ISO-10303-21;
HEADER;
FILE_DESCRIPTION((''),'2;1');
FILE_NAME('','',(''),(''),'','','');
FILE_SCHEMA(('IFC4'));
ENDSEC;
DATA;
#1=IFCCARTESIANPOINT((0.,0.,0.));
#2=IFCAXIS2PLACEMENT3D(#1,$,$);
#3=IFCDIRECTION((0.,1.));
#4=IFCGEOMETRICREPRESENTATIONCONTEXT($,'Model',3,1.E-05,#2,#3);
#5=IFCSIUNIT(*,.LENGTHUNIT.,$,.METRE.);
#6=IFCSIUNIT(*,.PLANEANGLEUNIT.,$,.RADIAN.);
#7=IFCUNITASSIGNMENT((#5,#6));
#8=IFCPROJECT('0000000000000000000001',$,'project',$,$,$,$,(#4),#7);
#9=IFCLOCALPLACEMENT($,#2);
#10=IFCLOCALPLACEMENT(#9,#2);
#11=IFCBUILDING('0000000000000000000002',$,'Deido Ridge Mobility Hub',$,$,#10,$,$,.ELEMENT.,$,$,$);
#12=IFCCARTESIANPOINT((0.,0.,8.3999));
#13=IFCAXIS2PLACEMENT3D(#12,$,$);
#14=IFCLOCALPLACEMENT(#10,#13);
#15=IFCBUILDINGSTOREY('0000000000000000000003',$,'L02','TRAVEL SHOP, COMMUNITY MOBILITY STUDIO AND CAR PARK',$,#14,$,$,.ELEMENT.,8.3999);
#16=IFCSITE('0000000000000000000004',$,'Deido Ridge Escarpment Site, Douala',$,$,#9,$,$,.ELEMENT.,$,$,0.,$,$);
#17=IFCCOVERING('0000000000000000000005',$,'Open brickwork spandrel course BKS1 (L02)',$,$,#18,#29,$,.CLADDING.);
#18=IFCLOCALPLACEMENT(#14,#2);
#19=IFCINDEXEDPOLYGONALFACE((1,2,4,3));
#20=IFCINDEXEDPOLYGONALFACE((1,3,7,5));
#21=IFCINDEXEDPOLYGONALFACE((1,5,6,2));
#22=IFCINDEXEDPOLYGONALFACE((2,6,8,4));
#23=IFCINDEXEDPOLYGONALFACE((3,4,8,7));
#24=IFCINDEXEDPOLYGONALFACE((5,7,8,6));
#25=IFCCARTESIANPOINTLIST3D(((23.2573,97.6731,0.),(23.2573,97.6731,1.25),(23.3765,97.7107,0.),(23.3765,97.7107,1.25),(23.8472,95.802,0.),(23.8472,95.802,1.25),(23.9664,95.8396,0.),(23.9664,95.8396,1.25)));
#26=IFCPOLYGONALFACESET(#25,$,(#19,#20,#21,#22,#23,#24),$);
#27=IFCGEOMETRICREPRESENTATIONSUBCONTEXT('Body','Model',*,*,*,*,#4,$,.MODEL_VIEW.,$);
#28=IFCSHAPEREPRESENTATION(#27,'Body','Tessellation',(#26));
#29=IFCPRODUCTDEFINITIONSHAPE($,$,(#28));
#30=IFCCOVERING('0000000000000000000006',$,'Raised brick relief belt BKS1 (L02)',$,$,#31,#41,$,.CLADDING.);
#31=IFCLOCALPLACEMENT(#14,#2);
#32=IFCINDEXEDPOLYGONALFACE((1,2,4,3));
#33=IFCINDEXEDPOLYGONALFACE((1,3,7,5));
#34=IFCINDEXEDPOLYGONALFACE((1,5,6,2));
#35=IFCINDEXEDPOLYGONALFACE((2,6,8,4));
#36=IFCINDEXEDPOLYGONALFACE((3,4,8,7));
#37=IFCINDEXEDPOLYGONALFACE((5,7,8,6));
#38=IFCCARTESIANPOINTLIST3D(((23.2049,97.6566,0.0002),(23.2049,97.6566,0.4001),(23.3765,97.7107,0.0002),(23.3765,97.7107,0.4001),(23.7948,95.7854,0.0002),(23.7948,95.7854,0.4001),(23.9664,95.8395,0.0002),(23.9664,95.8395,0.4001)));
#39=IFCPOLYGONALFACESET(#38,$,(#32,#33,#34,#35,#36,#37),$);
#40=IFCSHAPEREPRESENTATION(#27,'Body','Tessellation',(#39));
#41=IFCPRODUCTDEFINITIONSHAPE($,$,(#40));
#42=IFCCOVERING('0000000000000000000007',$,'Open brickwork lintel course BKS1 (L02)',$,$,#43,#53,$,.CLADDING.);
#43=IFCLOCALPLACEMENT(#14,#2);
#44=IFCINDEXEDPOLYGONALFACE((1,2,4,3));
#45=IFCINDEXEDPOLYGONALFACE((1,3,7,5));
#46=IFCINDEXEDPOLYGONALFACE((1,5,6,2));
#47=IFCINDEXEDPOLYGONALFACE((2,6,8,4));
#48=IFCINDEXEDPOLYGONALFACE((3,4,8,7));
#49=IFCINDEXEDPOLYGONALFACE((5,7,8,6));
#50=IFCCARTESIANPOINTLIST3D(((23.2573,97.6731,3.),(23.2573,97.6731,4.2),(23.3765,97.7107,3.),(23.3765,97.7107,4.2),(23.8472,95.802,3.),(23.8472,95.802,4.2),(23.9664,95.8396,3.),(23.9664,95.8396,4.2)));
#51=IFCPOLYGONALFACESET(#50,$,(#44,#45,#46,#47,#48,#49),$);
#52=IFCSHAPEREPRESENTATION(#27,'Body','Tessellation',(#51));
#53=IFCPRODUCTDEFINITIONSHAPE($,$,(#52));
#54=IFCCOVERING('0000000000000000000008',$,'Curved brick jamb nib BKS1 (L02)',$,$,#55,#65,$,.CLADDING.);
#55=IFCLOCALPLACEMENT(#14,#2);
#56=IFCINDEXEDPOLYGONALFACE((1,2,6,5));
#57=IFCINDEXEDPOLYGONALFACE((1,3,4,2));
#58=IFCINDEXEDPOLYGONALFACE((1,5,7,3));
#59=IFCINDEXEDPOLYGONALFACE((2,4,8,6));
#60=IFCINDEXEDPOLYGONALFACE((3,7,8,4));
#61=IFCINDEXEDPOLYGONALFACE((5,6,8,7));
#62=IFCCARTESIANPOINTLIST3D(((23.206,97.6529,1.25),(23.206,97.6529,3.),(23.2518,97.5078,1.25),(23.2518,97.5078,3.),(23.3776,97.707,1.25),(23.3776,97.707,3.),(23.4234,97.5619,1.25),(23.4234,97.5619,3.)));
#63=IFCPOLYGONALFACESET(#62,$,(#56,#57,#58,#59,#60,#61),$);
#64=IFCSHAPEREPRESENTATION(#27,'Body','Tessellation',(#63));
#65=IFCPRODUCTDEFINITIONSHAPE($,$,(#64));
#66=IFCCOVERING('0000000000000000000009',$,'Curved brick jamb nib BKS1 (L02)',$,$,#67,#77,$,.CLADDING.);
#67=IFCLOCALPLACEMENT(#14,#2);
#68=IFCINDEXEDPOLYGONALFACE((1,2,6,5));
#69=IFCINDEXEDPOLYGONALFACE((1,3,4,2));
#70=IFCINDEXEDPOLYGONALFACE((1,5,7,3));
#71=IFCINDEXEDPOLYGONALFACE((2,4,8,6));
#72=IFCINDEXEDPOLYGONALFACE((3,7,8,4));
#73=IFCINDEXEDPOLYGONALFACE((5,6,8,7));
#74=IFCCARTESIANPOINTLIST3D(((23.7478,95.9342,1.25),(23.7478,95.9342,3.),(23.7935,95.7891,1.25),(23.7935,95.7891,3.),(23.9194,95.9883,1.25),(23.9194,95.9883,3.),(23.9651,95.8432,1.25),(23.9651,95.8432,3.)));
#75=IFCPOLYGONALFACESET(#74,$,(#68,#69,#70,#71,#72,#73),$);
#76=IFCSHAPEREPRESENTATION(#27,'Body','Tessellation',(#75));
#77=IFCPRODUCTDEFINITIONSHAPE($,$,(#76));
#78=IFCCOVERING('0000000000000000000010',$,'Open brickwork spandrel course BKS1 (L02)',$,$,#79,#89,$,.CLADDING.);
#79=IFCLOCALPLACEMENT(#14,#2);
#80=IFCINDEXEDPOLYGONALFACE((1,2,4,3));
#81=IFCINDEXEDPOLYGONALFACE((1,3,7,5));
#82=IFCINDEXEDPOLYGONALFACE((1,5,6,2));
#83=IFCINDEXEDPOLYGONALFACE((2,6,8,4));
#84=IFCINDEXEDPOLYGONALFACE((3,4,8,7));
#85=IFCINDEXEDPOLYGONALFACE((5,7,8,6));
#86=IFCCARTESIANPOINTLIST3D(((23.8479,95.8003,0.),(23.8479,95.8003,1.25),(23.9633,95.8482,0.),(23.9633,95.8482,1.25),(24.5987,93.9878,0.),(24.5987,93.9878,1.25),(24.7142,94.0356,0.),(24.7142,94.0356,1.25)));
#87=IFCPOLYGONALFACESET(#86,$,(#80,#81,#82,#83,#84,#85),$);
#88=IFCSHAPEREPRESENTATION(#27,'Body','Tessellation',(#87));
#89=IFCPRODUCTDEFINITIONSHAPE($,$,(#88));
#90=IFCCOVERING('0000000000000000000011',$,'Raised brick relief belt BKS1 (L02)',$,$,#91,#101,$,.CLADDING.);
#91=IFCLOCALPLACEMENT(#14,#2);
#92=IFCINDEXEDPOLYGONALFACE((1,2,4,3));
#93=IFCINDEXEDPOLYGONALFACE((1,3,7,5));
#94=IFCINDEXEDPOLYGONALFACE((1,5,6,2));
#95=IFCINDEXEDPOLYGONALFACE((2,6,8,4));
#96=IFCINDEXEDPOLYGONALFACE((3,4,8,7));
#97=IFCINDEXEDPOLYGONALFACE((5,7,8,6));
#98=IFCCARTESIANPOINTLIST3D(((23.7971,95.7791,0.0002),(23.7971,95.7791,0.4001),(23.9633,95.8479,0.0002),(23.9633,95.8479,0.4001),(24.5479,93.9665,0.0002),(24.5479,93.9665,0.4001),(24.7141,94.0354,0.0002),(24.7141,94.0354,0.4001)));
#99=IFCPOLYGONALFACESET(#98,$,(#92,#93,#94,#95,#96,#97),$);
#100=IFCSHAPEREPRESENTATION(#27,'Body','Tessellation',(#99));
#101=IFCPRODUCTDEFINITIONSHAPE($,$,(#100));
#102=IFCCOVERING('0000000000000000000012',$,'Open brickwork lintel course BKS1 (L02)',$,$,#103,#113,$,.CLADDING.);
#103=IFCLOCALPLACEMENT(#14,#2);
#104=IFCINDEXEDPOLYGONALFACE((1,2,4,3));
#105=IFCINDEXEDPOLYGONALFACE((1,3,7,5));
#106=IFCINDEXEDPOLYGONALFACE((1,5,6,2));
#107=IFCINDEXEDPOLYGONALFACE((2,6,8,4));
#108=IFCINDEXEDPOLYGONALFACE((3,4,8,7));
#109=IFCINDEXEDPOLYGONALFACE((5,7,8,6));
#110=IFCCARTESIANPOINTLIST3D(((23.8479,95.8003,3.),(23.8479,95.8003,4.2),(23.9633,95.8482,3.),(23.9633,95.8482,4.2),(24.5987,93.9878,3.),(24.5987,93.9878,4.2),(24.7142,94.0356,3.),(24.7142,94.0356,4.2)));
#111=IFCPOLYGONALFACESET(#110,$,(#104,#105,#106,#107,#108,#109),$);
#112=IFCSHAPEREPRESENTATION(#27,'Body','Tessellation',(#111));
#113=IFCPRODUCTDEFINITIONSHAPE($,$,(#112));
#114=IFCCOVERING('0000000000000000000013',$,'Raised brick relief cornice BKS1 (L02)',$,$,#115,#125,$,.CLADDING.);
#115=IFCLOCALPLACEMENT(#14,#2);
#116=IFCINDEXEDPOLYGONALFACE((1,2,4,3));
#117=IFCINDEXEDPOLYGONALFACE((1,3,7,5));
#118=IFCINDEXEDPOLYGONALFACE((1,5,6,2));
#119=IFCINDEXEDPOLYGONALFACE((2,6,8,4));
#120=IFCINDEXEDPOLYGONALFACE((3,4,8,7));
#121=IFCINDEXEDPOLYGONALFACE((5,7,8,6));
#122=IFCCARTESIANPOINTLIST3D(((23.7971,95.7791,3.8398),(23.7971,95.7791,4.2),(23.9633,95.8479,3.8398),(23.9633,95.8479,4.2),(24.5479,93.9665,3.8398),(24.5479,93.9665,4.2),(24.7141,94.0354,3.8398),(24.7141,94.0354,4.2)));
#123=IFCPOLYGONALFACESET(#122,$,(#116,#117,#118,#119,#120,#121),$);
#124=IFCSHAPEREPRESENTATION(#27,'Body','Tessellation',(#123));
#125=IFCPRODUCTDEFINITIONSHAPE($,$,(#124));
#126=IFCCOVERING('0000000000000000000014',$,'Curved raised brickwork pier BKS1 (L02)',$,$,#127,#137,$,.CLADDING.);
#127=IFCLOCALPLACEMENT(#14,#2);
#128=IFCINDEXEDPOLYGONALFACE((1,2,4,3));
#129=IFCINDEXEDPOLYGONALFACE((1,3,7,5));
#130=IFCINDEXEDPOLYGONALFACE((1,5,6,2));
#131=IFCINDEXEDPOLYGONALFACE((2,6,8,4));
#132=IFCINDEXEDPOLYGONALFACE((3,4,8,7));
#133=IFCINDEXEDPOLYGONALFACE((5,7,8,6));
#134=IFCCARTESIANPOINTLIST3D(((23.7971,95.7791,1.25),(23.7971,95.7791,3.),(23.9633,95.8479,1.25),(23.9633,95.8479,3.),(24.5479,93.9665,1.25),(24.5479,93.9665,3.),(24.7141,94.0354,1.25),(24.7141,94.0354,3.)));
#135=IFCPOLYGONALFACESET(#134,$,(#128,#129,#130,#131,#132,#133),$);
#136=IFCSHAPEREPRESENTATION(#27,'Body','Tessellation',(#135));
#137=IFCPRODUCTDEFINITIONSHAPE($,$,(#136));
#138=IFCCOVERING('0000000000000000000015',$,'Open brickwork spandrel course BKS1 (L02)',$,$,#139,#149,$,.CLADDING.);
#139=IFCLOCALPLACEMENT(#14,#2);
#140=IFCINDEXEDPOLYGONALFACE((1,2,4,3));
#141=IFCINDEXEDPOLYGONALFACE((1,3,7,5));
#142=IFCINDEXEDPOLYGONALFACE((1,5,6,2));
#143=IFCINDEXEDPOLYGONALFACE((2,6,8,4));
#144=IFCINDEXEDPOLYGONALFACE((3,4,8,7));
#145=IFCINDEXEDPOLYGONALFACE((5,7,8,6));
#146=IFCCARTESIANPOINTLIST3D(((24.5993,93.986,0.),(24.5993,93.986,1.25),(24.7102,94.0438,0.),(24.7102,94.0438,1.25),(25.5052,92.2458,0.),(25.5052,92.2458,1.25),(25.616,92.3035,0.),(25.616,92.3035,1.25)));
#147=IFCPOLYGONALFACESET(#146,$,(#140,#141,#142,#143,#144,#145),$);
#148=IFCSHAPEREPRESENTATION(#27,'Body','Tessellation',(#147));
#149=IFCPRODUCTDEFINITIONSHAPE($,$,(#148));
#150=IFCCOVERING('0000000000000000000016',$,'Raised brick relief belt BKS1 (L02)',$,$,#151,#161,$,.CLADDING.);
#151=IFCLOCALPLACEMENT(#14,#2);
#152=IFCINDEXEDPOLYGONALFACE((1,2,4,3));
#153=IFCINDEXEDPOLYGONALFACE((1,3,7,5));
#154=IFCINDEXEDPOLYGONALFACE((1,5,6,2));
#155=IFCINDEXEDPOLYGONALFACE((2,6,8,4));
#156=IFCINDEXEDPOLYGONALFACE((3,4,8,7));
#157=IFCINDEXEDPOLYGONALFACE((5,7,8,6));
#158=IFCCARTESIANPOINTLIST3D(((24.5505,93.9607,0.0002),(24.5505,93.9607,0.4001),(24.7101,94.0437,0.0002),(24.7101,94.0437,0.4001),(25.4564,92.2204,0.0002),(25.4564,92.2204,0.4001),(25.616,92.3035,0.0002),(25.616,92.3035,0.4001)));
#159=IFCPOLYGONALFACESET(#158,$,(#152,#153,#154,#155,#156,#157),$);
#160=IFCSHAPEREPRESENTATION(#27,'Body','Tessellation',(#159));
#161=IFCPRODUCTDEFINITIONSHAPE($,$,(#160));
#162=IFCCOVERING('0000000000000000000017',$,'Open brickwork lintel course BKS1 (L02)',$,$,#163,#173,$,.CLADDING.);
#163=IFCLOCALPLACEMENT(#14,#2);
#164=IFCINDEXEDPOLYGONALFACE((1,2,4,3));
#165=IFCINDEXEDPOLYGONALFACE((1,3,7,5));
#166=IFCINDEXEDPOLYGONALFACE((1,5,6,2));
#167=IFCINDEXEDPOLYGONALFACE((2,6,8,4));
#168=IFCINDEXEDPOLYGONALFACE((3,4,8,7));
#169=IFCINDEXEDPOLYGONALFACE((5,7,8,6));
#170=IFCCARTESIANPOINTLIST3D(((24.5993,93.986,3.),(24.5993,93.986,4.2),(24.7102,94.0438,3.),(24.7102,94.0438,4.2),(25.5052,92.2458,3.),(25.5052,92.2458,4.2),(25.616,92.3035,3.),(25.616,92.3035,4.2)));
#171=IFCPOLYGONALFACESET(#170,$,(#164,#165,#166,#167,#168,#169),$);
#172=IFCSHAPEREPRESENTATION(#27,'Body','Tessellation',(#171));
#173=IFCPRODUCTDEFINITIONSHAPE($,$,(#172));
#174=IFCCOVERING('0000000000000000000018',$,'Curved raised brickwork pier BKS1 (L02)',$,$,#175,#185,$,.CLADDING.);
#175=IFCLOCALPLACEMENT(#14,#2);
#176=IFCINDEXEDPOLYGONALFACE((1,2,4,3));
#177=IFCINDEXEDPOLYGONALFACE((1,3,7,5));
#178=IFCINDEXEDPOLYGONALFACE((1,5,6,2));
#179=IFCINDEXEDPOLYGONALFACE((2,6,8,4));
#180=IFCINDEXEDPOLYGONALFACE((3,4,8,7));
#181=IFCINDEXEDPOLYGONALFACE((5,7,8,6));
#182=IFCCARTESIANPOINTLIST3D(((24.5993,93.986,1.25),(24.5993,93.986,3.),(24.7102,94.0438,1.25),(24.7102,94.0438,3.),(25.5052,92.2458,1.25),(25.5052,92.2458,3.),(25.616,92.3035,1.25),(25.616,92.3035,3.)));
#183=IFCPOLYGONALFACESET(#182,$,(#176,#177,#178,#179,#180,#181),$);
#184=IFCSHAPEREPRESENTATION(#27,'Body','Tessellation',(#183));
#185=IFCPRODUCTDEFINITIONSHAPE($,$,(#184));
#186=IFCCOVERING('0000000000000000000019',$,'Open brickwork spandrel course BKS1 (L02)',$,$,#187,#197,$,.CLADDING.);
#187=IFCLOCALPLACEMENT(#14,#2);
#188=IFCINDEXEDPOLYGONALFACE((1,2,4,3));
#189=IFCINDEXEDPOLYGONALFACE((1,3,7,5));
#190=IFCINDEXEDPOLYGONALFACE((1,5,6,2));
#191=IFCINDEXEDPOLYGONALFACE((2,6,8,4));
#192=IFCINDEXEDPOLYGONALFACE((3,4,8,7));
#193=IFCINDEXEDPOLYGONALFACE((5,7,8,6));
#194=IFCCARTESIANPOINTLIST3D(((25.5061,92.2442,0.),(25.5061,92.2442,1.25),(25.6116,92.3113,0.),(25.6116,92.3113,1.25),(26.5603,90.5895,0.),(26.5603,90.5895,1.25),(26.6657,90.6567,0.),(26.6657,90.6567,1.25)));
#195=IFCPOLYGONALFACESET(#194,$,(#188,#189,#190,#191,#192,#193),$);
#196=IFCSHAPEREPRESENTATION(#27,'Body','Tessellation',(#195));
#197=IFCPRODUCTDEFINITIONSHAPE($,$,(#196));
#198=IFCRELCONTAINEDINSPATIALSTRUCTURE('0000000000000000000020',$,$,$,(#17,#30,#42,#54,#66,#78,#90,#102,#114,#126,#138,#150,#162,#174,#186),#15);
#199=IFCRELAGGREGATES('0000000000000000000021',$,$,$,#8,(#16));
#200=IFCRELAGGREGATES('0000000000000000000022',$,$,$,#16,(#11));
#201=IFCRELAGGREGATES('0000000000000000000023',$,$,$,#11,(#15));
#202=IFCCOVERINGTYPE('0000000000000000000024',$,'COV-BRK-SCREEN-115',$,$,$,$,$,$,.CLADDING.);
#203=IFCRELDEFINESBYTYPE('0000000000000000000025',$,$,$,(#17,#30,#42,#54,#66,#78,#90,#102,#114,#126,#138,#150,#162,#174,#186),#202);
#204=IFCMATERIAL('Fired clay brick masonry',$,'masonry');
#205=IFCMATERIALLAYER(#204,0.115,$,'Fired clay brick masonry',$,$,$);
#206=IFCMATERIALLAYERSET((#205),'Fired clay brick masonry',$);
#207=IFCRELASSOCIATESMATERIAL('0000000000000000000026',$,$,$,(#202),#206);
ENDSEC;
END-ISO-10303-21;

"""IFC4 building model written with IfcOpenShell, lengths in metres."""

from ifc_helpers import new_model, si_unit, direction, frame, origin, origin_2d, place, context, subcontext, project, spatial, rectangle, extrude, material, layer, layer_set, type_object, element, save


model = new_model("IFC4")

# Units and contexts
model_context = context("Model", 3, precision=1e-05, world=origin(), true_north=direction((0.0, 1.0)))
body_context = subcontext(model_context, "Body", "Model", "MODEL_VIEW")
ifc_project = project(units=[si_unit("LENGTHUNIT", "METRE"), si_unit("PLANEANGLEUNIT", "RADIAN")], contexts=[model_context])

# Site, building, storey
site_placement = place(None, origin())
site = spatial("IfcSite", under=ifc_project, at=site_placement, Name="Deido Ridge Escarpment Site, Douala", CompositionType="ELEMENT", RefElevation=0.0)
building_placement = place(site_placement, origin())
building = spatial("IfcBuilding", under=site, at=building_placement, Name="Deido Ridge Mobility Hub", CompositionType="ELEMENT")
storey_placement = place(building_placement, frame((0.0, 0.0, 8.3999)))
storey = spatial("IfcBuildingStorey", under=building, at=storey_placement, Name="L02", Description="TRAVEL SHOP, COMMUNITY MOBILITY STUDIO AND CAR PARK", CompositionType="ELEMENT", Elevation=8.3999)

# Coverings
ifc_material_1 = material(Name="Fired clay brick masonry", Category="masonry")
ifc_layer = layer(ifc_material_1, 0.115, Name="Fired clay brick masonry")
ifc_layer_set = layer_set([ifc_layer], Name="Fired clay brick masonry")
covering_type = type_object("IfcCoveringType", Name="COV-BRK-SCREEN-115", PredefinedType="CLADDING", material=ifc_layer_set)
covering_1_placement = place(storey_placement, frame((23.6118, 96.7563, 0.0), z_axis=(0.0, 0.0, 1.0), x_axis=(0.300673, -0.953727, 0.0)))
element("IfcCovering", 1, at=covering_1_placement, inside=storey, type_object=covering_type, Name="Open brickwork spandrel course BKS1 (L02)", PredefinedType="CLADDING", context=body_context, shape_type="SweptSolid", body=[
    extrude(rectangle(XDim=1.9619, YDim=0.125, at=origin_2d()), origin(), (0.0, 0.0, 1.0), 1.25),
])
covering_2_placement = place(storey_placement, frame((23.5857, 96.748, 0.0002), z_axis=(0.0, 0.0, 1.0), x_axis=(0.300673, -0.953727, 0.0)))
element("IfcCovering", 2, at=covering_2_placement, inside=storey, type_object=covering_type, Name="Raised brick relief belt BKS1 (L02)", PredefinedType="CLADDING", context=body_context, shape_type="SweptSolid", body=[
    extrude(rectangle(XDim=1.9619, YDim=0.1799, at=origin_2d()), origin(), (0.0, 0.0, 1.0), 0.3999),
])
covering_3_placement = place(storey_placement, frame((23.6118, 96.7563, 3.0), z_axis=(0.0, 0.0, 1.0), x_axis=(0.300673, -0.953727, 0.0)))
element("IfcCovering", 3, at=covering_3_placement, inside=storey, type_object=covering_type, Name="Open brickwork lintel course BKS1 (L02)", PredefinedType="CLADDING", context=body_context, shape_type="SweptSolid", body=[
    extrude(rectangle(XDim=1.9619, YDim=0.125, at=origin_2d()), origin(), (0.0, 0.0, 1.0), 1.2),
])
for number, where, z_axis, x_axis, name in (
    (4, (23.3147, 97.6074, 1.25), (0.0, 0.0, 1.0), (0.300673, -0.953727, 0.0), "Curved brick jamb nib BKS1 (L02)"),
    (5, (23.8564, 95.8887, 1.25), (0.0, 0.0, 1.0), (0.300673, -0.953727, 0.0), "Curved brick jamb nib BKS1 (L02)"),
):
    element("IfcCovering", number, at=place(storey_placement, frame(where, z_axis=z_axis, x_axis=x_axis)), inside=storey, type_object=covering_type, Name=name, PredefinedType="CLADDING", context=body_context, shape_type="SweptSolid", body=[
        extrude(rectangle(XDim=0.1521, YDim=0.1799, at=origin_2d()), origin(), (0.0, 0.0, 1.0), 1.75),
    ])
covering_4_placement = place(storey_placement, frame((24.281, 94.918, 0.0), z_axis=(0.0, 0.0, 1.0), x_axis=(0.3827, -0.923873, 0.0)))
element("IfcCovering", 6, at=covering_4_placement, inside=storey, type_object=covering_type, Name="Open brickwork spandrel course BKS1 (L02)", PredefinedType="CLADDING", context=body_context, shape_type="SweptSolid", body=[
    extrude(rectangle(XDim=1.9619, YDim=0.125, at=origin_2d()), origin(), (0.0, 0.0, 1.0), 1.25),
])
covering_5_placement = place(storey_placement, frame((24.2556, 94.9072, 0.0002), z_axis=(0.0, 0.0, 1.0), x_axis=(0.3827, -0.923873, 0.0)))
element("IfcCovering", 7, at=covering_5_placement, inside=storey, type_object=covering_type, Name="Raised brick relief belt BKS1 (L02)", PredefinedType="CLADDING", context=body_context, shape_type="SweptSolid", body=[
    extrude(rectangle(XDim=1.9619, YDim=0.1799, at=origin_2d()), origin(), (0.0, 0.0, 1.0), 0.3999),
])
covering_6_placement = place(storey_placement, frame((24.281, 94.918, 3.0), z_axis=(0.0, 0.0, 1.0), x_axis=(0.3827, -0.923873, 0.0)))
element("IfcCovering", 8, at=covering_6_placement, inside=storey, type_object=covering_type, Name="Open brickwork lintel course BKS1 (L02)", PredefinedType="CLADDING", context=body_context, shape_type="SweptSolid", body=[
    extrude(rectangle(XDim=1.9619, YDim=0.125, at=origin_2d()), origin(), (0.0, 0.0, 1.0), 1.2),
])
covering_7_placement = place(storey_placement, frame((24.2556, 94.9072, 3.8398), z_axis=(0.0, 0.0, 1.0), x_axis=(0.3827, -0.923873, 0.0)))
element("IfcCovering", 9, at=covering_7_placement, inside=storey, type_object=covering_type, Name="Raised brick relief cornice BKS1 (L02)", PredefinedType="CLADDING", context=body_context, shape_type="SweptSolid", body=[
    extrude(rectangle(XDim=1.9619, YDim=0.1799, at=origin_2d()), origin(), (0.0, 0.0, 1.0), 0.3601),
])
covering_8_placement = place(storey_placement, frame((24.2556, 94.9072, 1.25), z_axis=(0.0, 0.0, 1.0), x_axis=(0.3827, -0.923873, 0.0)))
element("IfcCovering", 10, at=covering_8_placement, inside=storey, type_object=covering_type, Name="Curved raised brickwork pier BKS1 (L02)", PredefinedType="CLADDING", context=body_context, shape_type="SweptSolid", body=[
    extrude(rectangle(XDim=1.9619, YDim=0.1799, at=origin_2d()), origin(), (0.0, 0.0, 1.0), 1.75),
])
covering_9_placement = place(storey_placement, frame((25.1077, 93.1448, 0.0), z_axis=(0.0, 0.0, 1.0), x_axis=(0.461733, -0.887019, 0.0)))
element("IfcCovering", 11, at=covering_9_placement, inside=storey, type_object=covering_type, Name="Open brickwork spandrel course BKS1 (L02)", PredefinedType="CLADDING", context=body_context, shape_type="SweptSolid", body=[
    extrude(rectangle(XDim=1.9619, YDim=0.125, at=origin_2d()), origin(), (0.0, 0.0, 1.0), 1.25),
])
covering_10_placement = place(storey_placement, frame((25.0833, 93.1321, 0.0002), z_axis=(0.0, 0.0, 1.0), x_axis=(0.461733, -0.887019, 0.0)))
element("IfcCovering", 12, at=covering_10_placement, inside=storey, type_object=covering_type, Name="Raised brick relief belt BKS1 (L02)", PredefinedType="CLADDING", context=body_context, shape_type="SweptSolid", body=[
    extrude(rectangle(XDim=1.9619, YDim=0.1799, at=origin_2d()), origin(), (0.0, 0.0, 1.0), 0.3999),
])
covering_11_placement = place(storey_placement, frame((25.1077, 93.1448, 3.0), z_axis=(0.0, 0.0, 1.0), x_axis=(0.461733, -0.887019, 0.0)))
element("IfcCovering", 13, at=covering_11_placement, inside=storey, type_object=covering_type, Name="Open brickwork lintel course BKS1 (L02)", PredefinedType="CLADDING", context=body_context, shape_type="SweptSolid", body=[
    extrude(rectangle(XDim=1.9619, YDim=0.125, at=origin_2d()), origin(), (0.0, 0.0, 1.0), 1.2),
])
covering_12_placement = place(storey_placement, frame((25.1077, 93.1448, 1.25), z_axis=(0.0, 0.0, 1.0), x_axis=(0.461733, -0.887019, 0.0)))
element("IfcCovering", 14, at=covering_12_placement, inside=storey, type_object=covering_type, Name="Curved raised brickwork pier BKS1 (L02)", PredefinedType="CLADDING", context=body_context, shape_type="SweptSolid", body=[
    extrude(rectangle(XDim=1.9619, YDim=0.125, at=origin_2d()), origin(), (0.0, 0.0, 1.0), 1.75),
])
covering_13_placement = place(storey_placement, frame((26.0859, 91.4504, 0.0), z_axis=(0.0, 0.0, 1.0), x_axis=(0.537314, -0.843382, 0.0)))
element("IfcCovering", 15, at=covering_13_placement, inside=storey, type_object=covering_type, Name="Open brickwork spandrel course BKS1 (L02)", PredefinedType="CLADDING", context=body_context, shape_type="SweptSolid", body=[
    extrude(rectangle(XDim=1.9619, YDim=0.125, at=origin_2d()), origin(), (0.0, 0.0, 1.0), 1.25),
])

save(model, "model.ifc")
